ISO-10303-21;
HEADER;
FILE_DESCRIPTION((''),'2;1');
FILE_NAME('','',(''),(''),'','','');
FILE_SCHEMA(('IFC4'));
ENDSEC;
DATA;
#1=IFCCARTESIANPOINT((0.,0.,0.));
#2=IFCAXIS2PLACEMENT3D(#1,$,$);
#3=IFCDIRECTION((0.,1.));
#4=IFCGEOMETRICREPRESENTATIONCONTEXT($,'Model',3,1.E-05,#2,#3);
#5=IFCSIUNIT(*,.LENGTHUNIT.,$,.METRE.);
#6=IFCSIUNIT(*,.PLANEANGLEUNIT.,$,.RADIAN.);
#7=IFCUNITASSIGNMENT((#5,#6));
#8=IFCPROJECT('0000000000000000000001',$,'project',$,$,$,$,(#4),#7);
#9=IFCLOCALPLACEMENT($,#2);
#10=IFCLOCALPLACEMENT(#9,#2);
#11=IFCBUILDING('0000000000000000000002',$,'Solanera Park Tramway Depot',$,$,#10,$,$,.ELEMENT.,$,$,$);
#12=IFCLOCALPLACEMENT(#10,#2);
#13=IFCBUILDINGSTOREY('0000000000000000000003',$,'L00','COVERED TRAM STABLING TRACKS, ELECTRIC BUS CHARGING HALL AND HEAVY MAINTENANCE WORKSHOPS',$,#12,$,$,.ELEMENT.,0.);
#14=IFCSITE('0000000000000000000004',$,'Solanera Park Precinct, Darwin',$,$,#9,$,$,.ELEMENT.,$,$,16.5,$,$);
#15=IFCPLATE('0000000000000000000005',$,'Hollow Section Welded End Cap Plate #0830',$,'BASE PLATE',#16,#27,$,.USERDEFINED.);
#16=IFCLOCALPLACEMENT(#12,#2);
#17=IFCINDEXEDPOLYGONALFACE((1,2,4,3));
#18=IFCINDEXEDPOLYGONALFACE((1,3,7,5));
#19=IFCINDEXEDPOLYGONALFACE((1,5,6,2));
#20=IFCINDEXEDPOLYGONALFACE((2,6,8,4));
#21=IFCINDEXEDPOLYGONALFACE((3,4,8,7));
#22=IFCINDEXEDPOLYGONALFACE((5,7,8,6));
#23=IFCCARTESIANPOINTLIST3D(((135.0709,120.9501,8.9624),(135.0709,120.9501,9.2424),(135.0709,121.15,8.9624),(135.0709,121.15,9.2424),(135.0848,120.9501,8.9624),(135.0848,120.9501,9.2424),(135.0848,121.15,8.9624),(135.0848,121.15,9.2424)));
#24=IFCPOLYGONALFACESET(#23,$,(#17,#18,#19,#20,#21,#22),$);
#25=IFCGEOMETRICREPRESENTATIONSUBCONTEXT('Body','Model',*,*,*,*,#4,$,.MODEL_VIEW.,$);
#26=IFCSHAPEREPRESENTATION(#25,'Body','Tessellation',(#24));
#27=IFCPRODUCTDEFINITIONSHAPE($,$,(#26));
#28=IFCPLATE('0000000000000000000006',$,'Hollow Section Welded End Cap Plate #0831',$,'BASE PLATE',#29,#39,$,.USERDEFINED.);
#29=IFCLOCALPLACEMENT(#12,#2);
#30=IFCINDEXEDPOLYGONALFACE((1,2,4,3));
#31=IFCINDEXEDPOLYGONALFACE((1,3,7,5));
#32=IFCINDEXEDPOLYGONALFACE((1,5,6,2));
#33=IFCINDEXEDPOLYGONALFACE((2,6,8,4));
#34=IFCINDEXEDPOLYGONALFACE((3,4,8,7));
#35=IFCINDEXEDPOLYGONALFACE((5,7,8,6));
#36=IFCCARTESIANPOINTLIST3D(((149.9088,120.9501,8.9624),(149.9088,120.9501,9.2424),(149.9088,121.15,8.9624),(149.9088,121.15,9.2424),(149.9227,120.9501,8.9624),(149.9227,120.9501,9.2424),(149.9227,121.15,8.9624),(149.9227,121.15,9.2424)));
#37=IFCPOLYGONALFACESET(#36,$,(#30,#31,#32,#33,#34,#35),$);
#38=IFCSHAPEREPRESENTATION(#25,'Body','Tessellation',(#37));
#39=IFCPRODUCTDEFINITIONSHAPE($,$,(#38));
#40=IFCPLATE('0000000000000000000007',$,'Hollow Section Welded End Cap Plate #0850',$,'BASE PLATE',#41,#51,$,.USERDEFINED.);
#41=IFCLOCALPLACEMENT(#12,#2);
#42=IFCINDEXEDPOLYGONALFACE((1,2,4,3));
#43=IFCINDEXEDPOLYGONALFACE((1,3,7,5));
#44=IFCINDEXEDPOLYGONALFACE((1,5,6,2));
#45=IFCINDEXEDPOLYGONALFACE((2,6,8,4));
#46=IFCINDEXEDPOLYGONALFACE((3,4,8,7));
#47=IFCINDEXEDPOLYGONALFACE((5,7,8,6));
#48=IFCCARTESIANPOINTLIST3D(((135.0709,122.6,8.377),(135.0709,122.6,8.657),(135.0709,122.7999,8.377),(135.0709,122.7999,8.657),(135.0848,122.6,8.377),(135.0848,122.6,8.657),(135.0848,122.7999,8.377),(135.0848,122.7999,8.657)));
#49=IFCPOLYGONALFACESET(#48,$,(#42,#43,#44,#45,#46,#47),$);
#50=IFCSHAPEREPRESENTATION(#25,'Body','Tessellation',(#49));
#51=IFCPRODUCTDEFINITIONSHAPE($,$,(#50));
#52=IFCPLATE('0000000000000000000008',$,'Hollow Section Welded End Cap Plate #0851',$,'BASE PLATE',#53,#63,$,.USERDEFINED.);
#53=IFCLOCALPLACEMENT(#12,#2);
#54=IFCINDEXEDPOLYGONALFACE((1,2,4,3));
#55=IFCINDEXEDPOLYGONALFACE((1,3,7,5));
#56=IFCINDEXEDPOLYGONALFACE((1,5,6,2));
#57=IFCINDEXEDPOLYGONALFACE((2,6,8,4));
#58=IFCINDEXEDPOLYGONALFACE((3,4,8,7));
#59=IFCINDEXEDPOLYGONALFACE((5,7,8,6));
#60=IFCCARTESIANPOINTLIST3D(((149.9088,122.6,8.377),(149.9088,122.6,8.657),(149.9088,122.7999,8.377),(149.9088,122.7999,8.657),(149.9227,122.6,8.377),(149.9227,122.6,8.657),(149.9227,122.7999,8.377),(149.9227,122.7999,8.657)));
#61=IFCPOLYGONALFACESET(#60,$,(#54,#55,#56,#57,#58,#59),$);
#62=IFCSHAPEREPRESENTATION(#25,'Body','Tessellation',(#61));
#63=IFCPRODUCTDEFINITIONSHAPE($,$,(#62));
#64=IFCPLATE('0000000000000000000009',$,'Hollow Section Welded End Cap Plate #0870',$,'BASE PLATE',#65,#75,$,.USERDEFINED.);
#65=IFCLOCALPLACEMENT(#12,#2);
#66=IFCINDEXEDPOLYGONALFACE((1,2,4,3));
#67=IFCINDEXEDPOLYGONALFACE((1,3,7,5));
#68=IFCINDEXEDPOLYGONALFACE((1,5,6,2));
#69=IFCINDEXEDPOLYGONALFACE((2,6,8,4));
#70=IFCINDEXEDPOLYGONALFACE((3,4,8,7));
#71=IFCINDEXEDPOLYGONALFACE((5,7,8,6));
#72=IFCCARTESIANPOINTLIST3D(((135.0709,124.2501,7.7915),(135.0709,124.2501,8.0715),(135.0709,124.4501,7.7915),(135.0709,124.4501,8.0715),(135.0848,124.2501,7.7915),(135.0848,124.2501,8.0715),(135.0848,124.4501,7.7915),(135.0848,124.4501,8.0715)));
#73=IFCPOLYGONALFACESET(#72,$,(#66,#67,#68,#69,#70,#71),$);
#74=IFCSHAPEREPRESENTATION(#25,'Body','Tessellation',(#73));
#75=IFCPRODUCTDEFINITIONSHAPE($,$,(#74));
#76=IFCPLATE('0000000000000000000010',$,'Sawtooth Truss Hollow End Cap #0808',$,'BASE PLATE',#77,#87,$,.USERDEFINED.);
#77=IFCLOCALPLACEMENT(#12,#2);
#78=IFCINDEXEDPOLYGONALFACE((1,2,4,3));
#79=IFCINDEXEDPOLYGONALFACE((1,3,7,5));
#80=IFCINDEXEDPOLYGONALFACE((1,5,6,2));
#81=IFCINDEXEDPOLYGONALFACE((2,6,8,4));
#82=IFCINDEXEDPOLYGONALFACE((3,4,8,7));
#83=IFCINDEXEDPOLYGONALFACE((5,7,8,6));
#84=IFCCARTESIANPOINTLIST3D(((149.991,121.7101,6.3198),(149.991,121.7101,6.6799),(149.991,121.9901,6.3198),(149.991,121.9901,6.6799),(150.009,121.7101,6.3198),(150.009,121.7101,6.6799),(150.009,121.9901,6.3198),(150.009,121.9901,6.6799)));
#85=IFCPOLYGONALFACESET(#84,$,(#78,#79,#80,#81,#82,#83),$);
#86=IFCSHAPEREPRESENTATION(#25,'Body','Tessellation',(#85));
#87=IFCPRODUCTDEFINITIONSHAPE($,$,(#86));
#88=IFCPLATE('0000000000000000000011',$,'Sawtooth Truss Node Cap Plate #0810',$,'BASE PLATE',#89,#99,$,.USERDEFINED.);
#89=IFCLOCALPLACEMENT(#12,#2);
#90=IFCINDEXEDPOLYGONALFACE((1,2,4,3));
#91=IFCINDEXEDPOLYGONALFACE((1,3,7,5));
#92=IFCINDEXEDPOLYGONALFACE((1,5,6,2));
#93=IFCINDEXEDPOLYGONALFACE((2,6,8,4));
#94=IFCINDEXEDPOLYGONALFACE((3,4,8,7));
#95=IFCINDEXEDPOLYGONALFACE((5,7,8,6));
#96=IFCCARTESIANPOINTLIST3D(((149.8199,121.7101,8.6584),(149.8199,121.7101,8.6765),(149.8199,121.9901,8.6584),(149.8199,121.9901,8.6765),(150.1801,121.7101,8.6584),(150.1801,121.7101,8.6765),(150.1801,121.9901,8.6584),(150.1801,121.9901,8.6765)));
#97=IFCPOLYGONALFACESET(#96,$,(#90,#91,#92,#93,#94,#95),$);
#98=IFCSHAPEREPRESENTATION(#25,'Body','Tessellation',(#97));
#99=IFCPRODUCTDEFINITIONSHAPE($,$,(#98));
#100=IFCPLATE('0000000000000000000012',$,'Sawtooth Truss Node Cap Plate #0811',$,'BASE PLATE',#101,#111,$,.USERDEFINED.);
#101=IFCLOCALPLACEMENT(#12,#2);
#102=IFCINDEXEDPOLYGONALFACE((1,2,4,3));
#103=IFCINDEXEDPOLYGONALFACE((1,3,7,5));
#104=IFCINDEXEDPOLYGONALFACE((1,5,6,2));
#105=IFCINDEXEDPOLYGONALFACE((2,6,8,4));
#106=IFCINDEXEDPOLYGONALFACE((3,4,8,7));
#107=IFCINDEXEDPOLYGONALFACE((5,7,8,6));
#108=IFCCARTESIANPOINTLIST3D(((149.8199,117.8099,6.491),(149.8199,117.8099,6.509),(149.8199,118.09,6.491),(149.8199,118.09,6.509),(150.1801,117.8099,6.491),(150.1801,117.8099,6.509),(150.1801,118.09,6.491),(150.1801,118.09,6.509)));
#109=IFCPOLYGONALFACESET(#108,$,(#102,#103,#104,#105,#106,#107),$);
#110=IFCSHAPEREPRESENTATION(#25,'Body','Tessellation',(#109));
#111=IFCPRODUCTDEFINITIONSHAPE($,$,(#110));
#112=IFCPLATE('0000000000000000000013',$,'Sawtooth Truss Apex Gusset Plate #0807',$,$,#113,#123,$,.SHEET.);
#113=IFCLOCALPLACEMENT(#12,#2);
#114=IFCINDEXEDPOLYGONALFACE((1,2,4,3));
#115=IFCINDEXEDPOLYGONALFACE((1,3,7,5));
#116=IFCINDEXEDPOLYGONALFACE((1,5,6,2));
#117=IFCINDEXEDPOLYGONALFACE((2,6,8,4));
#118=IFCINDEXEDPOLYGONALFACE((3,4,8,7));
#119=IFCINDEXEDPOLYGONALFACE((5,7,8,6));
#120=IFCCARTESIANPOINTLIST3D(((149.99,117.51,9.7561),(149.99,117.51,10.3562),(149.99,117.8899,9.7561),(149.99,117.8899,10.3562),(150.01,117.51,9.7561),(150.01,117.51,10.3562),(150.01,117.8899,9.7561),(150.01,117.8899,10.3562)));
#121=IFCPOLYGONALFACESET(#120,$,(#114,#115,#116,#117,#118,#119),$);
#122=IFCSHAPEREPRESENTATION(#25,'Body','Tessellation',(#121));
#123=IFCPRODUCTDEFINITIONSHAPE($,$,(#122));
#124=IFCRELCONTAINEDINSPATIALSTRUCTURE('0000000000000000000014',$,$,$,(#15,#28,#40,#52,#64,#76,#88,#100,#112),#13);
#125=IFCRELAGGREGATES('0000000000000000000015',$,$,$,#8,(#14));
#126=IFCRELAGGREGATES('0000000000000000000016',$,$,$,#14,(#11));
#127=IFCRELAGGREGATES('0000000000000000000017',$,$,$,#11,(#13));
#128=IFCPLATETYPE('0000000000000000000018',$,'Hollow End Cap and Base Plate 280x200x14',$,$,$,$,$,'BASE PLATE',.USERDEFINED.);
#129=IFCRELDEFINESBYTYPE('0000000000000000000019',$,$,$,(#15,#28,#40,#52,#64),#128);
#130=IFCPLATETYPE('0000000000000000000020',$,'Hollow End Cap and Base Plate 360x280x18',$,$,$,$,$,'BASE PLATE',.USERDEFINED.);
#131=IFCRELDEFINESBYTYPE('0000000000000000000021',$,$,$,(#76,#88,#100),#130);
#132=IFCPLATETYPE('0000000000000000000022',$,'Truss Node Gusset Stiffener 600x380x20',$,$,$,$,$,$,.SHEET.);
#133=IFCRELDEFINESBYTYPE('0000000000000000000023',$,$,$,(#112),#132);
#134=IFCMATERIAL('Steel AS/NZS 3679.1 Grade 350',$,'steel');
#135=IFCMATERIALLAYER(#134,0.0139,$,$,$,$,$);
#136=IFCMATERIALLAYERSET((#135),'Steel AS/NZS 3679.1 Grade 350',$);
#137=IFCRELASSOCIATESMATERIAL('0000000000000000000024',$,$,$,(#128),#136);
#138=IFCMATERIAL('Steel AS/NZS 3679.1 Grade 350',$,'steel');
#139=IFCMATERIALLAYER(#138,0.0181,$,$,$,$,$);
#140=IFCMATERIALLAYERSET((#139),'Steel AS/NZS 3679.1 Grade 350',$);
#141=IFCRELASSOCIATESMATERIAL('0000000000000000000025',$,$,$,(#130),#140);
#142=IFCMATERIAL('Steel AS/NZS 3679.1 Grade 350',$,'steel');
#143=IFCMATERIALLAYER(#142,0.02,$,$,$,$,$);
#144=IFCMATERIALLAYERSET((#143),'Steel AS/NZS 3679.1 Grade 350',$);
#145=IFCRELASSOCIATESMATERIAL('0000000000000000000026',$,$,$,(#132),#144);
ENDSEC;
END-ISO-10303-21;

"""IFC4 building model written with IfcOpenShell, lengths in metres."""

from ifc_helpers import new_model, si_unit, direction, frame, origin, origin_2d, place, context, subcontext, project, spatial, rectangle, extrude, material, layer, layer_set, type_object, element, save


model = new_model("IFC4")

# Units and contexts
model_context = context("Model", 3, precision=1e-05, world=origin(), true_north=direction((0.0, 1.0)))
body_context = subcontext(model_context, "Body", "Model", "MODEL_VIEW")
ifc_project = project(units=[si_unit("LENGTHUNIT", "METRE"), si_unit("PLANEANGLEUNIT", "RADIAN")], contexts=[model_context])

# Site, building, storey
site_placement = place(None, origin())
site = spatial("IfcSite", under=ifc_project, at=site_placement, Name="Solanera Park Precinct, Darwin", CompositionType="ELEMENT", RefElevation=16.5)
building_placement = place(site_placement, origin())
building = spatial("IfcBuilding", under=site, at=building_placement, Name="Solanera Park Tramway Depot", CompositionType="ELEMENT")
storey_placement = place(building_placement, origin())
storey = spatial("IfcBuildingStorey", under=building, at=storey_placement, Name="L00", Description="COVERED TRAM STABLING TRACKS, ELECTRIC BUS CHARGING HALL AND HEAVY MAINTENANCE WORKSHOPS", CompositionType="ELEMENT", Elevation=0.0)

# Plates
ifc_material_1 = material(Name="Steel AS/NZS 3679.1 Grade 350", Category="steel")
ifc_layer_1 = layer(ifc_material_1, 0.0139)
ifc_layer_set_1 = layer_set([ifc_layer_1], Name="Steel AS/NZS 3679.1 Grade 350")
plate_type_1 = type_object("IfcPlateType", Name="Hollow End Cap and Base Plate 280x200x14", ElementType="BASE PLATE", PredefinedType="USERDEFINED", material=ifc_layer_set_1)
for number, where, z_axis, x_axis, name in (
    (1, (135.0779, 121.05, 8.9624), (0.0, 0.0, 1.0), (1.0, 0.0, 0.0), "Hollow Section Welded End Cap Plate #0830"),
    (2, (149.9158, 121.05, 8.9624), (0.0, 0.0, 1.0), (1.0, 0.0, 0.0), "Hollow Section Welded End Cap Plate #0831"),
    (3, (135.0779, 122.7, 8.377), (0.0, 0.0, 1.0), (1.0, 0.0, 0.0), "Hollow Section Welded End Cap Plate #0850"),
    (4, (149.9158, 122.7, 8.377), (0.0, 0.0, 1.0), (1.0, 0.0, 0.0), "Hollow Section Welded End Cap Plate #0851"),
    (5, (135.0779, 124.3501, 7.7915), (0.0, 0.0, 1.0), (1.0, 0.0, 0.0), "Hollow Section Welded End Cap Plate #0870"),
):
    element("IfcPlate", number, at=place(storey_placement, frame(where, z_axis=z_axis, x_axis=x_axis)), inside=storey, type_object=plate_type_1, Name=name, ObjectType="BASE PLATE", PredefinedType="USERDEFINED", context=body_context, shape_type="SweptSolid", body=[
        extrude(rectangle(XDim=0.0139, YDim=0.2, at=origin_2d()), origin(), (0.0, 0.0, 1.0), 0.28),
    ])
ifc_material_2 = material(Name="Steel AS/NZS 3679.1 Grade 350", Category="steel")
ifc_layer_2 = layer(ifc_material_2, 0.0181)
ifc_layer_set_2 = layer_set([ifc_layer_2], Name="Steel AS/NZS 3679.1 Grade 350")
plate_type_2 = type_object("IfcPlateType", Name="Hollow End Cap and Base Plate 360x280x18", ElementType="BASE PLATE", PredefinedType="USERDEFINED", material=ifc_layer_set_2)
plate_1_placement = place(storey_placement, frame((150.0, 121.8501, 6.3198), z_axis=(0.0, 0.0, 1.0), x_axis=(1.0, 0.0, 0.0)))
element("IfcPlate", 6, at=plate_1_placement, inside=storey, type_object=plate_type_2, Name="Sawtooth Truss Hollow End Cap #0808", ObjectType="BASE PLATE", PredefinedType="USERDEFINED", context=body_context, shape_type="SweptSolid", body=[
    extrude(rectangle(XDim=0.0181, YDim=0.28, at=origin_2d()), origin(), (0.0, 0.0, 1.0), 0.3601),
])
for number, where, z_axis, x_axis, name in (
    (7, (150.0, 121.8501, 8.6584), (0.0, 0.0, 1.0), (1.0, 0.0, 0.0), "Sawtooth Truss Node Cap Plate #0810"),
    (8, (150.0, 117.95, 6.491), (0.0, 0.0, 1.0), (1.0, 0.0, 0.0), "Sawtooth Truss Node Cap Plate #0811"),
):
    element("IfcPlate", number, at=place(storey_placement, frame(where, z_axis=z_axis, x_axis=x_axis)), inside=storey, type_object=plate_type_2, Name=name, ObjectType="BASE PLATE", PredefinedType="USERDEFINED", context=body_context, shape_type="SweptSolid", body=[
        extrude(rectangle(XDim=0.3601, YDim=0.28, at=origin_2d()), origin(), (0.0, 0.0, 1.0), 0.0181),
    ])
ifc_material_3 = material(Name="Steel AS/NZS 3679.1 Grade 350", Category="steel")
ifc_layer_3 = layer(ifc_material_3, 0.02)
ifc_layer_set_3 = layer_set([ifc_layer_3], Name="Steel AS/NZS 3679.1 Grade 350")
plate_type_3 = type_object("IfcPlateType", Name="Truss Node Gusset Stiffener 600x380x20", PredefinedType="SHEET", material=ifc_layer_set_3)
plate_2_placement = place(storey_placement, frame((150.0, 117.7, 9.7561), z_axis=(0.0, 0.0, 1.0), x_axis=(1.0, 0.0, 0.0)))
element("IfcPlate", 9, at=plate_2_placement, inside=storey, type_object=plate_type_3, Name="Sawtooth Truss Apex Gusset Plate #0807", PredefinedType="SHEET", context=body_context, shape_type="SweptSolid", body=[
    extrude(rectangle(XDim=0.02, YDim=0.3799, at=origin_2d()), origin(), (0.0, 0.0, 1.0), 0.6001),
])

save(model, "model.ifc")
